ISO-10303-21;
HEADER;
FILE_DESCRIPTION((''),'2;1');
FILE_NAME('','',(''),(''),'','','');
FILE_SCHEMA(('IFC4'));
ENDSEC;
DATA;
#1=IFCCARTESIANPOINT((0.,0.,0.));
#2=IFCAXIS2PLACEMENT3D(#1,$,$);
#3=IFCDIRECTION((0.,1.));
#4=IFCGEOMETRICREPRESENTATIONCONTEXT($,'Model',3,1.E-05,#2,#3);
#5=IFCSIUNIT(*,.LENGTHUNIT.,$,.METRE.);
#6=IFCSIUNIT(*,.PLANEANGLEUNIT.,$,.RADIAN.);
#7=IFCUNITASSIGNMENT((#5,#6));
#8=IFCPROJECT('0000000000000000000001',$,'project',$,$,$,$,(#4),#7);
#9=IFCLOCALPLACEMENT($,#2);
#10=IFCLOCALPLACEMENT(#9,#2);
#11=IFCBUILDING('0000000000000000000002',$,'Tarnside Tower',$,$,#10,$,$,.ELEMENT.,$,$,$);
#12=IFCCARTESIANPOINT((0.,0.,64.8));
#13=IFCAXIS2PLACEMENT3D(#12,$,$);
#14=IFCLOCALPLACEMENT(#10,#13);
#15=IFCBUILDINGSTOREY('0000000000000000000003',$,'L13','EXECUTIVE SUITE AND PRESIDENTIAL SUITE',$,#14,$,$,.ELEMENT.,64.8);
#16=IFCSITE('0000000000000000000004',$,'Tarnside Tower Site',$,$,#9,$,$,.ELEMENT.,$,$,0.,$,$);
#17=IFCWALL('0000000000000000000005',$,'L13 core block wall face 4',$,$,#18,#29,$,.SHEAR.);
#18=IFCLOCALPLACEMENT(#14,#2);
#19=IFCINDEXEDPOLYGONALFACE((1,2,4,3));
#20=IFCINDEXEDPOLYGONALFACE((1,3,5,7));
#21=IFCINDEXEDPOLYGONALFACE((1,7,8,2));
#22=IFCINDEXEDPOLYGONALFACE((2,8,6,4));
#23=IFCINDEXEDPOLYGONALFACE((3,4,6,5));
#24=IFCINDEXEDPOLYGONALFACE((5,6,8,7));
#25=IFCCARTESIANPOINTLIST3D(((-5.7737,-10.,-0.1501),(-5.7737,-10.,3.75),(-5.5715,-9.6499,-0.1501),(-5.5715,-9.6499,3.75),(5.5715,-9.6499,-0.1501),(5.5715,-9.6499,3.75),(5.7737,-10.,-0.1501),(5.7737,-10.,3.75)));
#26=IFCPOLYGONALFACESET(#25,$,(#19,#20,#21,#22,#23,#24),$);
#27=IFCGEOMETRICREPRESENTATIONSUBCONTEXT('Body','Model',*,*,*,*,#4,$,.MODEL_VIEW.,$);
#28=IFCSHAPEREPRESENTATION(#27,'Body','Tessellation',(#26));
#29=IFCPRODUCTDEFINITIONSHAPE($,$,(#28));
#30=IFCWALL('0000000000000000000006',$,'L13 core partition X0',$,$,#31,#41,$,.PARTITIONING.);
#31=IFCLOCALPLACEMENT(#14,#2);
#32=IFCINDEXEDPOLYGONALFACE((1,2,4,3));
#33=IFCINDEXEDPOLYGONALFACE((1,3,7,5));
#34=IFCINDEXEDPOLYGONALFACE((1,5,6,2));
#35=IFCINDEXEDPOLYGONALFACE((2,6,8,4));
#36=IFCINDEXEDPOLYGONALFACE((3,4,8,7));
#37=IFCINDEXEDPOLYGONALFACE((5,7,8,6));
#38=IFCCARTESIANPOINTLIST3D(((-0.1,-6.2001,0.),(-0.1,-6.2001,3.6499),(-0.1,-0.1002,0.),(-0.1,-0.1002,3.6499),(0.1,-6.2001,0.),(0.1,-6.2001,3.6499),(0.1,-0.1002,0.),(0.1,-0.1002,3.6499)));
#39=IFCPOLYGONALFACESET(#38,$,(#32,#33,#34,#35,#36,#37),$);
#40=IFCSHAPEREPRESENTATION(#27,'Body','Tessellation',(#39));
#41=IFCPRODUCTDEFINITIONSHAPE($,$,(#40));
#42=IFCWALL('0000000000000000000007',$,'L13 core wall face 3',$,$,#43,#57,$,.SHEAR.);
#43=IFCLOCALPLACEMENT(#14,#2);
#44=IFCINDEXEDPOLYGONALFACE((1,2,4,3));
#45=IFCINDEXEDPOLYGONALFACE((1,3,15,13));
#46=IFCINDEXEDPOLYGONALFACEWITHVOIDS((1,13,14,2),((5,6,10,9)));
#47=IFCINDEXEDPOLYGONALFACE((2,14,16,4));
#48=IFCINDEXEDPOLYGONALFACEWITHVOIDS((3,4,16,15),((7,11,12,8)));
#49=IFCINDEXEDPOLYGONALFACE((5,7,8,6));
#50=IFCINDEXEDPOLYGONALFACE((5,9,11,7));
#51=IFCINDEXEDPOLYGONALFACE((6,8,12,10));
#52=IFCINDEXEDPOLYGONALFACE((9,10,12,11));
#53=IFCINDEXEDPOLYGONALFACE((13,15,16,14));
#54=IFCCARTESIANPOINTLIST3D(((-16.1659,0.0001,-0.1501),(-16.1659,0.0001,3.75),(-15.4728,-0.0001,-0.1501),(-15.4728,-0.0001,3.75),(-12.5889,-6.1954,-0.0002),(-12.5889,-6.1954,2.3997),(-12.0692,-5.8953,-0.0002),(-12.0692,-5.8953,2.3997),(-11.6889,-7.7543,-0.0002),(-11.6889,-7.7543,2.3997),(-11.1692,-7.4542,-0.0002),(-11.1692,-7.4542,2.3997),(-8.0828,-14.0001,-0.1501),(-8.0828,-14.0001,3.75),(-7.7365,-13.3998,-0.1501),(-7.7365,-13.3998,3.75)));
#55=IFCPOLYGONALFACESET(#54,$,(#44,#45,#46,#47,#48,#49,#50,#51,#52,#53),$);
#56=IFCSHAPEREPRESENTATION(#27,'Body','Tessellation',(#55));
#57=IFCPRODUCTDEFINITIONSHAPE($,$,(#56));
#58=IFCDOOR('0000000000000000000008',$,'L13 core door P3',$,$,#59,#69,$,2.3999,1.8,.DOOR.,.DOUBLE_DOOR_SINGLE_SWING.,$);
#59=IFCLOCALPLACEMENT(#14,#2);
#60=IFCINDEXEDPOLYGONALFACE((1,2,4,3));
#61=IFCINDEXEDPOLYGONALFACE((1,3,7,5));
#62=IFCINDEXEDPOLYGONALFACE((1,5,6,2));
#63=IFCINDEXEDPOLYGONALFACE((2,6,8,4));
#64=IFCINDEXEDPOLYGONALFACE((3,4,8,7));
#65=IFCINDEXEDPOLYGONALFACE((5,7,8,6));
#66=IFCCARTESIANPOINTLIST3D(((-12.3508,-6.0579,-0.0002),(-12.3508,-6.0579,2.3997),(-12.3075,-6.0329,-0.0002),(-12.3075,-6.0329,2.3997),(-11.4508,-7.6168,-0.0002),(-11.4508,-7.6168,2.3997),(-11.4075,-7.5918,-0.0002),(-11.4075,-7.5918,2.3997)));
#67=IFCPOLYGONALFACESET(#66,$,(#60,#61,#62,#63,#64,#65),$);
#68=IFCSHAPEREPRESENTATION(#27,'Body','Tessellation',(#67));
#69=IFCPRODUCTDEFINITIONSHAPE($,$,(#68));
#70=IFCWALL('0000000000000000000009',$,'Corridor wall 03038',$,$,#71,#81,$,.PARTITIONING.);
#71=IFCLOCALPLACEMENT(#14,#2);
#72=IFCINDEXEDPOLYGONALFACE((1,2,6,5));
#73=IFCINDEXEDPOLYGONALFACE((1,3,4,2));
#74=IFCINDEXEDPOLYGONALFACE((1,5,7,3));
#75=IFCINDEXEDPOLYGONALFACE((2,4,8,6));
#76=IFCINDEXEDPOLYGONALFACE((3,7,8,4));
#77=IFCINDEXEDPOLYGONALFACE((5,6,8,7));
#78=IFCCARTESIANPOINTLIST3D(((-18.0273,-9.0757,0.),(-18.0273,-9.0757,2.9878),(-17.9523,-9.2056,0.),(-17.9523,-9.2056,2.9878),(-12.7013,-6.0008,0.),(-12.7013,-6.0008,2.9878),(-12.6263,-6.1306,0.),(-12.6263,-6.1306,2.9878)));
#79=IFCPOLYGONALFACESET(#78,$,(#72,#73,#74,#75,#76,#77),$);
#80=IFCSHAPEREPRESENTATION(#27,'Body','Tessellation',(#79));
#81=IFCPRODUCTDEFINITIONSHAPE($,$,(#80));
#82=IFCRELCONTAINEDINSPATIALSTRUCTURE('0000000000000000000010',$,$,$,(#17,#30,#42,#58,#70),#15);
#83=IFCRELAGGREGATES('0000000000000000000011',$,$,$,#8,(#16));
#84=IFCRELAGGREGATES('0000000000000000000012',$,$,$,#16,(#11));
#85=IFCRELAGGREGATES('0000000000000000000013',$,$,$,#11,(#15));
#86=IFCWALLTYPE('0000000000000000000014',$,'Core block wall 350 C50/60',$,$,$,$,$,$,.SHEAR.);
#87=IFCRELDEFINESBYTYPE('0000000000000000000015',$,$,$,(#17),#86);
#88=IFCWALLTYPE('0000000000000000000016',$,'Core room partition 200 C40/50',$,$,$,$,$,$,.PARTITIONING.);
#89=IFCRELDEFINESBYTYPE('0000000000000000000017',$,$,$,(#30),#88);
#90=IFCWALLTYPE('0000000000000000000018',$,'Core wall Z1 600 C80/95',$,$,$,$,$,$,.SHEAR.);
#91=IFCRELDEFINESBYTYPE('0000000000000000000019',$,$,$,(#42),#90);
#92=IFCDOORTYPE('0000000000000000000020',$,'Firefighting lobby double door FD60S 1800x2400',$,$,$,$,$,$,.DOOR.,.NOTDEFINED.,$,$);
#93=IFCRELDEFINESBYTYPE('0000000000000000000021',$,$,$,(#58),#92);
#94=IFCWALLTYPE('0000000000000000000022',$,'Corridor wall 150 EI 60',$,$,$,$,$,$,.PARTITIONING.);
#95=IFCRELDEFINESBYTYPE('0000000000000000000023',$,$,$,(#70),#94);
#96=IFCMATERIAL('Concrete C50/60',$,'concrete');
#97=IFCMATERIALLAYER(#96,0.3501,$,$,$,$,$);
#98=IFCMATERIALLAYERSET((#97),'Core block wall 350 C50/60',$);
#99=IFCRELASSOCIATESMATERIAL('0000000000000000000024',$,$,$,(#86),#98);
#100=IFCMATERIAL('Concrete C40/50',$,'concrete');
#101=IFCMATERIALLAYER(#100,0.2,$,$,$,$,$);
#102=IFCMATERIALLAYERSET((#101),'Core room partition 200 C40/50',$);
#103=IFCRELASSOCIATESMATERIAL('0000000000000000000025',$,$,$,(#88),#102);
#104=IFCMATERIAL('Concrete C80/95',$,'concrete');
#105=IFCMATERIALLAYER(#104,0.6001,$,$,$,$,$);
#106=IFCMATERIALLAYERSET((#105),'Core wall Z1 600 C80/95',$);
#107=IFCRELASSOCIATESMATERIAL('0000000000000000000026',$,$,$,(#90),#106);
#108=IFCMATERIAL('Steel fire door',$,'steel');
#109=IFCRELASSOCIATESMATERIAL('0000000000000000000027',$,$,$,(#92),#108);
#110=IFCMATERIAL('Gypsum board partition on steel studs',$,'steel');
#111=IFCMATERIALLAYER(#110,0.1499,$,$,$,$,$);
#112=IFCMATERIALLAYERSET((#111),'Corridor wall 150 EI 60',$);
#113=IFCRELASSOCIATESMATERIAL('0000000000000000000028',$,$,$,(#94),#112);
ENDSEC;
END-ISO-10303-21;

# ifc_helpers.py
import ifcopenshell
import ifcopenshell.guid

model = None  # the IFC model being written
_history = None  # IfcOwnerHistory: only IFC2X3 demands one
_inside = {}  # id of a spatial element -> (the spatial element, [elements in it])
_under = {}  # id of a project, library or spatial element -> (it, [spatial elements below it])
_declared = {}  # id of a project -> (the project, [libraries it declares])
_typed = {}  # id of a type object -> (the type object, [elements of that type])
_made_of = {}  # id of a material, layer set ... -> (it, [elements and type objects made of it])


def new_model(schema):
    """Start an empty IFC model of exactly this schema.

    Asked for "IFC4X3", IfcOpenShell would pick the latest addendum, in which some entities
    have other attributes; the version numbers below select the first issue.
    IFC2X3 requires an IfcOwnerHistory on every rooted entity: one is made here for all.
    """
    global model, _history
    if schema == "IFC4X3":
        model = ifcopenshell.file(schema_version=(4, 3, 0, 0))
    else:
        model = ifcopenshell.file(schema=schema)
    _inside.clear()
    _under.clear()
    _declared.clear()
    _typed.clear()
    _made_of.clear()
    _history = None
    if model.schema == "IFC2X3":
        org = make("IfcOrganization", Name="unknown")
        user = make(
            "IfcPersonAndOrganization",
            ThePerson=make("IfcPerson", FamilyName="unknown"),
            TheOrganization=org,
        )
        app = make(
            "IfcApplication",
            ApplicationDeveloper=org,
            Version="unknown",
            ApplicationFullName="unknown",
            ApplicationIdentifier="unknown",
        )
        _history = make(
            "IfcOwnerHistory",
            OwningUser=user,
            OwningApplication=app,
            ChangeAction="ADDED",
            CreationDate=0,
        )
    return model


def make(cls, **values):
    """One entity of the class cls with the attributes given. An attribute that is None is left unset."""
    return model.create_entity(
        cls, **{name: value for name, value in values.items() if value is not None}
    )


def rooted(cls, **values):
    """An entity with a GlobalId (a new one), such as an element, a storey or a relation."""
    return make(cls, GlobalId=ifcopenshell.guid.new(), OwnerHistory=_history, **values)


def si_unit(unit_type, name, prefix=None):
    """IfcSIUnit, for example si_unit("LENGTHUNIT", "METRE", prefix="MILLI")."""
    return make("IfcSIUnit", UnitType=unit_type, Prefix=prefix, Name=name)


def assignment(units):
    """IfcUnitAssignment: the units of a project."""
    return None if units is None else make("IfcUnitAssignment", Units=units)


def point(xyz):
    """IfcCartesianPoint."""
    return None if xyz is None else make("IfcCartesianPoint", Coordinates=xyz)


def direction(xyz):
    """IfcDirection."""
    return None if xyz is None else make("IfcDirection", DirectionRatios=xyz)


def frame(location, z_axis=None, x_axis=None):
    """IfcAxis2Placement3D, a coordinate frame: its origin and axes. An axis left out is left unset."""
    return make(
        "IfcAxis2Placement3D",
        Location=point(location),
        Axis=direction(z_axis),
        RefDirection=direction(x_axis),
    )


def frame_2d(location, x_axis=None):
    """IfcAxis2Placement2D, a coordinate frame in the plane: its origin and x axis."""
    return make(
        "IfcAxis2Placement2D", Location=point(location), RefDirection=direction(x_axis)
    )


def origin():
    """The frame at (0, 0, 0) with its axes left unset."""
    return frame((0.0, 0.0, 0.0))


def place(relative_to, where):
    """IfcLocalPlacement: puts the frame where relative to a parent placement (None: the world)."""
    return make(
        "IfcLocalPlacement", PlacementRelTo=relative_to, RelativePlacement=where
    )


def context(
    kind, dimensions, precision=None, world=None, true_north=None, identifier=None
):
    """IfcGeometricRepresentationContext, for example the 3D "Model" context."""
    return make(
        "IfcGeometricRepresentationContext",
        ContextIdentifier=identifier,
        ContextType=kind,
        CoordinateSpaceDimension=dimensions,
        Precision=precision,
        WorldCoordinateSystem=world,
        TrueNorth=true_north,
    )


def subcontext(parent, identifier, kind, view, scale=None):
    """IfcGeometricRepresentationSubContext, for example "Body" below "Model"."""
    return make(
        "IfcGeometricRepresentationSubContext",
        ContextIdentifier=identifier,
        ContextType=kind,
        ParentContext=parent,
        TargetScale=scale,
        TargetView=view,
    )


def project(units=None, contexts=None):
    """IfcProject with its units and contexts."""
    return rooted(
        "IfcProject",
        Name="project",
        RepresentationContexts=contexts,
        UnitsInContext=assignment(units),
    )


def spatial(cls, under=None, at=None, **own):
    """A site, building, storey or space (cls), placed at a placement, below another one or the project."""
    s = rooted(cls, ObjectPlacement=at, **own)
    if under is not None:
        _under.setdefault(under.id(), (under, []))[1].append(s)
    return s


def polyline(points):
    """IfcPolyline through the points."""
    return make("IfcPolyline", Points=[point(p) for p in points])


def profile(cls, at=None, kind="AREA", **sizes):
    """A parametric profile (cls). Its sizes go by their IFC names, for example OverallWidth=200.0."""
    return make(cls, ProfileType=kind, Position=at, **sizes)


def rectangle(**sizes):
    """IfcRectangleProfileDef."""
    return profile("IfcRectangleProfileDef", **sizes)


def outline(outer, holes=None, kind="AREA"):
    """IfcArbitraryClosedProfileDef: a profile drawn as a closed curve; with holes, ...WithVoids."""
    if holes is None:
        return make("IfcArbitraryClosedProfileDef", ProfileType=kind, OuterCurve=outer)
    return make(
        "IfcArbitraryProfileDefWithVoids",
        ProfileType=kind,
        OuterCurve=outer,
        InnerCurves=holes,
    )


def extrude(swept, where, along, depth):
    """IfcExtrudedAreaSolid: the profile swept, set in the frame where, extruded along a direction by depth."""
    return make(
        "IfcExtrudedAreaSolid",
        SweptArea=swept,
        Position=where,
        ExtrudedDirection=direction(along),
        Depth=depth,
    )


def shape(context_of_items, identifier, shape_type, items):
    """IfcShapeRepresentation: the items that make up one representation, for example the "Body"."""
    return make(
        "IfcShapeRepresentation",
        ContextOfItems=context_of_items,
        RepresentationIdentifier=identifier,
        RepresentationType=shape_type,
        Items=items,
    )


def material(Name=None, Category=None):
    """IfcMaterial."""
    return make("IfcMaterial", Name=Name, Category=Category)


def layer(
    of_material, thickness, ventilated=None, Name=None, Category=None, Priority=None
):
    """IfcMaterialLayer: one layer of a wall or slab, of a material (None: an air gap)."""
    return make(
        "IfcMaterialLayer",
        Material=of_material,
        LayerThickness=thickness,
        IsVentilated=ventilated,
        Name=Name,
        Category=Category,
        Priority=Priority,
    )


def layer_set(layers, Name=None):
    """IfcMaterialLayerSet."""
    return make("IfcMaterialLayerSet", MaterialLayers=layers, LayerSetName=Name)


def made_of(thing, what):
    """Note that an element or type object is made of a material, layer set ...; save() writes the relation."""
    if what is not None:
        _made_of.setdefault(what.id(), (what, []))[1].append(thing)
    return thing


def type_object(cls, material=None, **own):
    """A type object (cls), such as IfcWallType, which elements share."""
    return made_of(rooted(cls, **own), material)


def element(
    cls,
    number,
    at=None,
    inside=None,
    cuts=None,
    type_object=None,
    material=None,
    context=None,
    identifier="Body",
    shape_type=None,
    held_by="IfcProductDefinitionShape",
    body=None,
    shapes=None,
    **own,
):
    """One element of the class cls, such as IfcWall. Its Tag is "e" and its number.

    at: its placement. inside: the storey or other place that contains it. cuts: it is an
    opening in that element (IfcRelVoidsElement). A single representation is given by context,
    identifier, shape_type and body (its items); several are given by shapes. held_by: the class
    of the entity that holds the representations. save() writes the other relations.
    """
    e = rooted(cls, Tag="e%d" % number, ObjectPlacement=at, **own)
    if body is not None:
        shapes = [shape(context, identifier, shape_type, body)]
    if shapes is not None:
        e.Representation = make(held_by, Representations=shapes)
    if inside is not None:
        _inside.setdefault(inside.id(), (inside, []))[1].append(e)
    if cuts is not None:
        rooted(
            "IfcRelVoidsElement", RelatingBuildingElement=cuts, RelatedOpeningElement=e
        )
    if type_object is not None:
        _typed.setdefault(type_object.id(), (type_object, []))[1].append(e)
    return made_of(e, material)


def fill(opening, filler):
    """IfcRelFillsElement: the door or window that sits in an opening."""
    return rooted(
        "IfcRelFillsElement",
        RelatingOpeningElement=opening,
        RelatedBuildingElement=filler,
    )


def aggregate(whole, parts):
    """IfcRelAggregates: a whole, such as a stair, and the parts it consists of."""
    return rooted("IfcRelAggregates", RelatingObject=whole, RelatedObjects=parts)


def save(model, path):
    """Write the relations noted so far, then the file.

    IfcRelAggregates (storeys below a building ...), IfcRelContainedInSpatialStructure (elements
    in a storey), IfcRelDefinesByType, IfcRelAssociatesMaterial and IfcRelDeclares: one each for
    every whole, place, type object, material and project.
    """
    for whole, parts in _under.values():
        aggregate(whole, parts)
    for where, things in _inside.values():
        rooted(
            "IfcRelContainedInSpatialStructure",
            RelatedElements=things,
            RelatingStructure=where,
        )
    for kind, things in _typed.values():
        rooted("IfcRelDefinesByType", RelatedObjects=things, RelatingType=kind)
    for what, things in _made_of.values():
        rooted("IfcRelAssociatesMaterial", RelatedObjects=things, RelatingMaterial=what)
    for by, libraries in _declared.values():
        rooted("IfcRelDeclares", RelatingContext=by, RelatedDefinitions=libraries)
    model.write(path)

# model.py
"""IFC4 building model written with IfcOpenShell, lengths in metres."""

from ifc_helpers import new_model, si_unit, direction, frame, frame_2d, origin, place, context, subcontext, project, spatial, polyline, rectangle, outline, extrude, material, layer, layer_set, type_object, element, fill, save


model = new_model("IFC4")

# Units and contexts
model_context = context("Model", 3, precision=1e-05, world=origin(), true_north=direction((0.0, 1.0)))
body_context = subcontext(model_context, "Body", "Model", "MODEL_VIEW")
ifc_project = project(units=[si_unit("LENGTHUNIT", "METRE"), si_unit("PLANEANGLEUNIT", "RADIAN")], contexts=[model_context])

# Site, building, storey
site_placement = place(None, origin())
site = spatial("IfcSite", under=ifc_project, at=site_placement, Name="Tarnside Tower Site", CompositionType="ELEMENT", RefElevation=0.0)
building_placement = place(site_placement, origin())
building = spatial("IfcBuilding", under=site, at=building_placement, Name="Tarnside Tower", CompositionType="ELEMENT")
storey_placement = place(building_placement, frame((0.0, 0.0, 64.8)))
storey = spatial("IfcBuildingStorey", under=building, at=storey_placement, Name="L13", Description="EXECUTIVE SUITE AND PRESIDENTIAL SUITE", CompositionType="ELEMENT", Elevation=64.8)

# Walls
ifc_material_1 = material(Name="Concrete C50/60", Category="concrete")
ifc_layer_1 = layer(ifc_material_1, 0.3501)
ifc_layer_set_1 = layer_set([ifc_layer_1], Name="Core block wall 350 C50/60")
wall_type_1 = type_object("IfcWallType", Name="Core block wall 350 C50/60", PredefinedType="SHEAR", material=ifc_layer_set_1)
wall_1_placement = place(storey_placement, frame((-5.6726, -9.825, -0.1501), z_axis=(0.0, 0.0, 1.0), x_axis=(1.0, 0.0, 0.0)))
element("IfcWall", 1, at=wall_1_placement, inside=storey, type_object=wall_type_1, Name="L13 core block wall face 4", PredefinedType="SHEAR", context=body_context, shape_type="SweptSolid", body=[
    extrude(outline(polyline([(-0.1011, -0.175), (11.4463, -0.175), (11.2441, 0.175), (0.1011, 0.175), (-0.1011, -0.175)])), origin(), (0.0, 0.0, 1.0), 3.9001),
])
ifc_material_2 = material(Name="Concrete C40/50", Category="concrete")
ifc_layer_2 = layer(ifc_material_2, 0.2)
ifc_layer_set_2 = layer_set([ifc_layer_2], Name="Core room partition 200 C40/50")
wall_type_2 = type_object("IfcWallType", Name="Core room partition 200 C40/50", PredefinedType="PARTITIONING", material=ifc_layer_set_2)
wall_2_placement = place(storey_placement, frame((0.0, -6.2, 0.0), z_axis=(0.0, 0.0, 1.0), x_axis=(0.0, 1.0, 0.0)))
element("IfcWall", 2, at=wall_2_placement, inside=storey, type_object=wall_type_2, Name="L13 core partition X0", PredefinedType="PARTITIONING", context=body_context, shape_type="SweptSolid", body=[
    extrude(rectangle(XDim=6.0999, YDim=0.2, at=frame_2d((3.0498, 0.0))), origin(), (0.0, 0.0, 1.0), 3.6499),
])

# Wall, opening, door
ifc_material_3 = material(Name="Concrete C80/95", Category="concrete")
ifc_layer_3 = layer(ifc_material_3, 0.6001)
ifc_layer_set_3 = layer_set([ifc_layer_3], Name="Core wall Z1 600 C80/95")
wall_type_3 = type_object("IfcWallType", Name="Core wall Z1 600 C80/95", PredefinedType="SHEAR", material=ifc_layer_set_3)
wall_3_placement = place(storey_placement, frame((-15.8193, 0.0, -0.1501), z_axis=(0.0, 0.0, 1.0), x_axis=(0.5, -0.866025, 0.0)))
wall_3 = element("IfcWall", 3, at=wall_3_placement, inside=storey, type_object=wall_type_3, Name="L13 core wall face 3", PredefinedType="SHEAR", context=body_context, shape_type="SweptSolid", body=[
    extrude(outline(polyline([(-0.1733, -0.3), (15.9927, -0.3), (15.646, 0.3), (0.1733, 0.3), (-0.1733, -0.3)])), origin(), (0.0, 0.0, 1.0), 3.9001),
])
opening_1_placement = place(wall_3_placement, frame((6.9807, 0.0, 0.1499)))
opening_1 = element("IfcOpeningElement", 4, at=opening_1_placement, cuts=wall_3, PredefinedType="OPENING", context=body_context, shape_type="SweptSolid", body=[
    extrude(rectangle(XDim=1.8, YDim=2.3999, at=frame_2d((0.8999, 1.2))), frame((0.0, 0.3101, 0.0), z_axis=(0.0, -1.0, 0.0), x_axis=(1.0, 0.0, 0.0)), (0.0, 0.0, 1.0), 0.6201),
])
ifc_material_4 = material(Name="Steel fire door", Category="steel")
door_type_1 = type_object("IfcDoorType", Name="Firefighting lobby double door FD60S 1800x2400", OperationType="NOTDEFINED", PredefinedType="DOOR", material=ifc_material_4)
door_1_placement = place(opening_1_placement, origin())
door_1 = element("IfcDoor", 5, at=door_1_placement, inside=storey, type_object=door_type_1, Name="L13 core door P3", OperationType="DOUBLE_DOOR_SINGLE_SWING", OverallHeight=2.3999, OverallWidth=1.8, PredefinedType="DOOR", context=body_context, shape_type="SweptSolid", body=[
    extrude(rectangle(XDim=1.8, YDim=2.3999, at=frame_2d((0.8999, 1.2))), frame((0.0, 0.0249, 0.0), z_axis=(0.0, -1.0, 0.0), x_axis=(1.0, 0.0, 0.0)), (0.0, 0.0, 1.0), 0.05),
])
fill(opening_1, door_1)

# Wall
ifc_material_5 = material(Name="Gypsum board partition on steel studs", Category="steel")
ifc_layer_4 = layer(ifc_material_5, 0.1499)
ifc_layer_set_4 = layer_set([ifc_layer_4], Name="Corridor wall 150 EI 60")
wall_type_4 = type_object("IfcWallType", Name="Corridor wall 150 EI 60", PredefinedType="PARTITIONING", material=ifc_layer_set_4)
wall_4_placement = place(storey_placement, frame((-12.6638, -6.0657, 0.0), z_axis=(0.0, 0.0, 1.0), x_axis=(-0.866024, -0.500003, 0.0)))
element("IfcWall", 6, at=wall_4_placement, inside=storey, type_object=wall_type_4, Name="Corridor wall 03038", PredefinedType="PARTITIONING", context=body_context, shape_type="SweptSolid", body=[
    extrude(rectangle(XDim=6.1499, YDim=0.1499, at=frame_2d((3.075, 0.0))), origin(), (0.0, 0.0, 1.0), 2.9878),
])

save(model, "model.ifc")
